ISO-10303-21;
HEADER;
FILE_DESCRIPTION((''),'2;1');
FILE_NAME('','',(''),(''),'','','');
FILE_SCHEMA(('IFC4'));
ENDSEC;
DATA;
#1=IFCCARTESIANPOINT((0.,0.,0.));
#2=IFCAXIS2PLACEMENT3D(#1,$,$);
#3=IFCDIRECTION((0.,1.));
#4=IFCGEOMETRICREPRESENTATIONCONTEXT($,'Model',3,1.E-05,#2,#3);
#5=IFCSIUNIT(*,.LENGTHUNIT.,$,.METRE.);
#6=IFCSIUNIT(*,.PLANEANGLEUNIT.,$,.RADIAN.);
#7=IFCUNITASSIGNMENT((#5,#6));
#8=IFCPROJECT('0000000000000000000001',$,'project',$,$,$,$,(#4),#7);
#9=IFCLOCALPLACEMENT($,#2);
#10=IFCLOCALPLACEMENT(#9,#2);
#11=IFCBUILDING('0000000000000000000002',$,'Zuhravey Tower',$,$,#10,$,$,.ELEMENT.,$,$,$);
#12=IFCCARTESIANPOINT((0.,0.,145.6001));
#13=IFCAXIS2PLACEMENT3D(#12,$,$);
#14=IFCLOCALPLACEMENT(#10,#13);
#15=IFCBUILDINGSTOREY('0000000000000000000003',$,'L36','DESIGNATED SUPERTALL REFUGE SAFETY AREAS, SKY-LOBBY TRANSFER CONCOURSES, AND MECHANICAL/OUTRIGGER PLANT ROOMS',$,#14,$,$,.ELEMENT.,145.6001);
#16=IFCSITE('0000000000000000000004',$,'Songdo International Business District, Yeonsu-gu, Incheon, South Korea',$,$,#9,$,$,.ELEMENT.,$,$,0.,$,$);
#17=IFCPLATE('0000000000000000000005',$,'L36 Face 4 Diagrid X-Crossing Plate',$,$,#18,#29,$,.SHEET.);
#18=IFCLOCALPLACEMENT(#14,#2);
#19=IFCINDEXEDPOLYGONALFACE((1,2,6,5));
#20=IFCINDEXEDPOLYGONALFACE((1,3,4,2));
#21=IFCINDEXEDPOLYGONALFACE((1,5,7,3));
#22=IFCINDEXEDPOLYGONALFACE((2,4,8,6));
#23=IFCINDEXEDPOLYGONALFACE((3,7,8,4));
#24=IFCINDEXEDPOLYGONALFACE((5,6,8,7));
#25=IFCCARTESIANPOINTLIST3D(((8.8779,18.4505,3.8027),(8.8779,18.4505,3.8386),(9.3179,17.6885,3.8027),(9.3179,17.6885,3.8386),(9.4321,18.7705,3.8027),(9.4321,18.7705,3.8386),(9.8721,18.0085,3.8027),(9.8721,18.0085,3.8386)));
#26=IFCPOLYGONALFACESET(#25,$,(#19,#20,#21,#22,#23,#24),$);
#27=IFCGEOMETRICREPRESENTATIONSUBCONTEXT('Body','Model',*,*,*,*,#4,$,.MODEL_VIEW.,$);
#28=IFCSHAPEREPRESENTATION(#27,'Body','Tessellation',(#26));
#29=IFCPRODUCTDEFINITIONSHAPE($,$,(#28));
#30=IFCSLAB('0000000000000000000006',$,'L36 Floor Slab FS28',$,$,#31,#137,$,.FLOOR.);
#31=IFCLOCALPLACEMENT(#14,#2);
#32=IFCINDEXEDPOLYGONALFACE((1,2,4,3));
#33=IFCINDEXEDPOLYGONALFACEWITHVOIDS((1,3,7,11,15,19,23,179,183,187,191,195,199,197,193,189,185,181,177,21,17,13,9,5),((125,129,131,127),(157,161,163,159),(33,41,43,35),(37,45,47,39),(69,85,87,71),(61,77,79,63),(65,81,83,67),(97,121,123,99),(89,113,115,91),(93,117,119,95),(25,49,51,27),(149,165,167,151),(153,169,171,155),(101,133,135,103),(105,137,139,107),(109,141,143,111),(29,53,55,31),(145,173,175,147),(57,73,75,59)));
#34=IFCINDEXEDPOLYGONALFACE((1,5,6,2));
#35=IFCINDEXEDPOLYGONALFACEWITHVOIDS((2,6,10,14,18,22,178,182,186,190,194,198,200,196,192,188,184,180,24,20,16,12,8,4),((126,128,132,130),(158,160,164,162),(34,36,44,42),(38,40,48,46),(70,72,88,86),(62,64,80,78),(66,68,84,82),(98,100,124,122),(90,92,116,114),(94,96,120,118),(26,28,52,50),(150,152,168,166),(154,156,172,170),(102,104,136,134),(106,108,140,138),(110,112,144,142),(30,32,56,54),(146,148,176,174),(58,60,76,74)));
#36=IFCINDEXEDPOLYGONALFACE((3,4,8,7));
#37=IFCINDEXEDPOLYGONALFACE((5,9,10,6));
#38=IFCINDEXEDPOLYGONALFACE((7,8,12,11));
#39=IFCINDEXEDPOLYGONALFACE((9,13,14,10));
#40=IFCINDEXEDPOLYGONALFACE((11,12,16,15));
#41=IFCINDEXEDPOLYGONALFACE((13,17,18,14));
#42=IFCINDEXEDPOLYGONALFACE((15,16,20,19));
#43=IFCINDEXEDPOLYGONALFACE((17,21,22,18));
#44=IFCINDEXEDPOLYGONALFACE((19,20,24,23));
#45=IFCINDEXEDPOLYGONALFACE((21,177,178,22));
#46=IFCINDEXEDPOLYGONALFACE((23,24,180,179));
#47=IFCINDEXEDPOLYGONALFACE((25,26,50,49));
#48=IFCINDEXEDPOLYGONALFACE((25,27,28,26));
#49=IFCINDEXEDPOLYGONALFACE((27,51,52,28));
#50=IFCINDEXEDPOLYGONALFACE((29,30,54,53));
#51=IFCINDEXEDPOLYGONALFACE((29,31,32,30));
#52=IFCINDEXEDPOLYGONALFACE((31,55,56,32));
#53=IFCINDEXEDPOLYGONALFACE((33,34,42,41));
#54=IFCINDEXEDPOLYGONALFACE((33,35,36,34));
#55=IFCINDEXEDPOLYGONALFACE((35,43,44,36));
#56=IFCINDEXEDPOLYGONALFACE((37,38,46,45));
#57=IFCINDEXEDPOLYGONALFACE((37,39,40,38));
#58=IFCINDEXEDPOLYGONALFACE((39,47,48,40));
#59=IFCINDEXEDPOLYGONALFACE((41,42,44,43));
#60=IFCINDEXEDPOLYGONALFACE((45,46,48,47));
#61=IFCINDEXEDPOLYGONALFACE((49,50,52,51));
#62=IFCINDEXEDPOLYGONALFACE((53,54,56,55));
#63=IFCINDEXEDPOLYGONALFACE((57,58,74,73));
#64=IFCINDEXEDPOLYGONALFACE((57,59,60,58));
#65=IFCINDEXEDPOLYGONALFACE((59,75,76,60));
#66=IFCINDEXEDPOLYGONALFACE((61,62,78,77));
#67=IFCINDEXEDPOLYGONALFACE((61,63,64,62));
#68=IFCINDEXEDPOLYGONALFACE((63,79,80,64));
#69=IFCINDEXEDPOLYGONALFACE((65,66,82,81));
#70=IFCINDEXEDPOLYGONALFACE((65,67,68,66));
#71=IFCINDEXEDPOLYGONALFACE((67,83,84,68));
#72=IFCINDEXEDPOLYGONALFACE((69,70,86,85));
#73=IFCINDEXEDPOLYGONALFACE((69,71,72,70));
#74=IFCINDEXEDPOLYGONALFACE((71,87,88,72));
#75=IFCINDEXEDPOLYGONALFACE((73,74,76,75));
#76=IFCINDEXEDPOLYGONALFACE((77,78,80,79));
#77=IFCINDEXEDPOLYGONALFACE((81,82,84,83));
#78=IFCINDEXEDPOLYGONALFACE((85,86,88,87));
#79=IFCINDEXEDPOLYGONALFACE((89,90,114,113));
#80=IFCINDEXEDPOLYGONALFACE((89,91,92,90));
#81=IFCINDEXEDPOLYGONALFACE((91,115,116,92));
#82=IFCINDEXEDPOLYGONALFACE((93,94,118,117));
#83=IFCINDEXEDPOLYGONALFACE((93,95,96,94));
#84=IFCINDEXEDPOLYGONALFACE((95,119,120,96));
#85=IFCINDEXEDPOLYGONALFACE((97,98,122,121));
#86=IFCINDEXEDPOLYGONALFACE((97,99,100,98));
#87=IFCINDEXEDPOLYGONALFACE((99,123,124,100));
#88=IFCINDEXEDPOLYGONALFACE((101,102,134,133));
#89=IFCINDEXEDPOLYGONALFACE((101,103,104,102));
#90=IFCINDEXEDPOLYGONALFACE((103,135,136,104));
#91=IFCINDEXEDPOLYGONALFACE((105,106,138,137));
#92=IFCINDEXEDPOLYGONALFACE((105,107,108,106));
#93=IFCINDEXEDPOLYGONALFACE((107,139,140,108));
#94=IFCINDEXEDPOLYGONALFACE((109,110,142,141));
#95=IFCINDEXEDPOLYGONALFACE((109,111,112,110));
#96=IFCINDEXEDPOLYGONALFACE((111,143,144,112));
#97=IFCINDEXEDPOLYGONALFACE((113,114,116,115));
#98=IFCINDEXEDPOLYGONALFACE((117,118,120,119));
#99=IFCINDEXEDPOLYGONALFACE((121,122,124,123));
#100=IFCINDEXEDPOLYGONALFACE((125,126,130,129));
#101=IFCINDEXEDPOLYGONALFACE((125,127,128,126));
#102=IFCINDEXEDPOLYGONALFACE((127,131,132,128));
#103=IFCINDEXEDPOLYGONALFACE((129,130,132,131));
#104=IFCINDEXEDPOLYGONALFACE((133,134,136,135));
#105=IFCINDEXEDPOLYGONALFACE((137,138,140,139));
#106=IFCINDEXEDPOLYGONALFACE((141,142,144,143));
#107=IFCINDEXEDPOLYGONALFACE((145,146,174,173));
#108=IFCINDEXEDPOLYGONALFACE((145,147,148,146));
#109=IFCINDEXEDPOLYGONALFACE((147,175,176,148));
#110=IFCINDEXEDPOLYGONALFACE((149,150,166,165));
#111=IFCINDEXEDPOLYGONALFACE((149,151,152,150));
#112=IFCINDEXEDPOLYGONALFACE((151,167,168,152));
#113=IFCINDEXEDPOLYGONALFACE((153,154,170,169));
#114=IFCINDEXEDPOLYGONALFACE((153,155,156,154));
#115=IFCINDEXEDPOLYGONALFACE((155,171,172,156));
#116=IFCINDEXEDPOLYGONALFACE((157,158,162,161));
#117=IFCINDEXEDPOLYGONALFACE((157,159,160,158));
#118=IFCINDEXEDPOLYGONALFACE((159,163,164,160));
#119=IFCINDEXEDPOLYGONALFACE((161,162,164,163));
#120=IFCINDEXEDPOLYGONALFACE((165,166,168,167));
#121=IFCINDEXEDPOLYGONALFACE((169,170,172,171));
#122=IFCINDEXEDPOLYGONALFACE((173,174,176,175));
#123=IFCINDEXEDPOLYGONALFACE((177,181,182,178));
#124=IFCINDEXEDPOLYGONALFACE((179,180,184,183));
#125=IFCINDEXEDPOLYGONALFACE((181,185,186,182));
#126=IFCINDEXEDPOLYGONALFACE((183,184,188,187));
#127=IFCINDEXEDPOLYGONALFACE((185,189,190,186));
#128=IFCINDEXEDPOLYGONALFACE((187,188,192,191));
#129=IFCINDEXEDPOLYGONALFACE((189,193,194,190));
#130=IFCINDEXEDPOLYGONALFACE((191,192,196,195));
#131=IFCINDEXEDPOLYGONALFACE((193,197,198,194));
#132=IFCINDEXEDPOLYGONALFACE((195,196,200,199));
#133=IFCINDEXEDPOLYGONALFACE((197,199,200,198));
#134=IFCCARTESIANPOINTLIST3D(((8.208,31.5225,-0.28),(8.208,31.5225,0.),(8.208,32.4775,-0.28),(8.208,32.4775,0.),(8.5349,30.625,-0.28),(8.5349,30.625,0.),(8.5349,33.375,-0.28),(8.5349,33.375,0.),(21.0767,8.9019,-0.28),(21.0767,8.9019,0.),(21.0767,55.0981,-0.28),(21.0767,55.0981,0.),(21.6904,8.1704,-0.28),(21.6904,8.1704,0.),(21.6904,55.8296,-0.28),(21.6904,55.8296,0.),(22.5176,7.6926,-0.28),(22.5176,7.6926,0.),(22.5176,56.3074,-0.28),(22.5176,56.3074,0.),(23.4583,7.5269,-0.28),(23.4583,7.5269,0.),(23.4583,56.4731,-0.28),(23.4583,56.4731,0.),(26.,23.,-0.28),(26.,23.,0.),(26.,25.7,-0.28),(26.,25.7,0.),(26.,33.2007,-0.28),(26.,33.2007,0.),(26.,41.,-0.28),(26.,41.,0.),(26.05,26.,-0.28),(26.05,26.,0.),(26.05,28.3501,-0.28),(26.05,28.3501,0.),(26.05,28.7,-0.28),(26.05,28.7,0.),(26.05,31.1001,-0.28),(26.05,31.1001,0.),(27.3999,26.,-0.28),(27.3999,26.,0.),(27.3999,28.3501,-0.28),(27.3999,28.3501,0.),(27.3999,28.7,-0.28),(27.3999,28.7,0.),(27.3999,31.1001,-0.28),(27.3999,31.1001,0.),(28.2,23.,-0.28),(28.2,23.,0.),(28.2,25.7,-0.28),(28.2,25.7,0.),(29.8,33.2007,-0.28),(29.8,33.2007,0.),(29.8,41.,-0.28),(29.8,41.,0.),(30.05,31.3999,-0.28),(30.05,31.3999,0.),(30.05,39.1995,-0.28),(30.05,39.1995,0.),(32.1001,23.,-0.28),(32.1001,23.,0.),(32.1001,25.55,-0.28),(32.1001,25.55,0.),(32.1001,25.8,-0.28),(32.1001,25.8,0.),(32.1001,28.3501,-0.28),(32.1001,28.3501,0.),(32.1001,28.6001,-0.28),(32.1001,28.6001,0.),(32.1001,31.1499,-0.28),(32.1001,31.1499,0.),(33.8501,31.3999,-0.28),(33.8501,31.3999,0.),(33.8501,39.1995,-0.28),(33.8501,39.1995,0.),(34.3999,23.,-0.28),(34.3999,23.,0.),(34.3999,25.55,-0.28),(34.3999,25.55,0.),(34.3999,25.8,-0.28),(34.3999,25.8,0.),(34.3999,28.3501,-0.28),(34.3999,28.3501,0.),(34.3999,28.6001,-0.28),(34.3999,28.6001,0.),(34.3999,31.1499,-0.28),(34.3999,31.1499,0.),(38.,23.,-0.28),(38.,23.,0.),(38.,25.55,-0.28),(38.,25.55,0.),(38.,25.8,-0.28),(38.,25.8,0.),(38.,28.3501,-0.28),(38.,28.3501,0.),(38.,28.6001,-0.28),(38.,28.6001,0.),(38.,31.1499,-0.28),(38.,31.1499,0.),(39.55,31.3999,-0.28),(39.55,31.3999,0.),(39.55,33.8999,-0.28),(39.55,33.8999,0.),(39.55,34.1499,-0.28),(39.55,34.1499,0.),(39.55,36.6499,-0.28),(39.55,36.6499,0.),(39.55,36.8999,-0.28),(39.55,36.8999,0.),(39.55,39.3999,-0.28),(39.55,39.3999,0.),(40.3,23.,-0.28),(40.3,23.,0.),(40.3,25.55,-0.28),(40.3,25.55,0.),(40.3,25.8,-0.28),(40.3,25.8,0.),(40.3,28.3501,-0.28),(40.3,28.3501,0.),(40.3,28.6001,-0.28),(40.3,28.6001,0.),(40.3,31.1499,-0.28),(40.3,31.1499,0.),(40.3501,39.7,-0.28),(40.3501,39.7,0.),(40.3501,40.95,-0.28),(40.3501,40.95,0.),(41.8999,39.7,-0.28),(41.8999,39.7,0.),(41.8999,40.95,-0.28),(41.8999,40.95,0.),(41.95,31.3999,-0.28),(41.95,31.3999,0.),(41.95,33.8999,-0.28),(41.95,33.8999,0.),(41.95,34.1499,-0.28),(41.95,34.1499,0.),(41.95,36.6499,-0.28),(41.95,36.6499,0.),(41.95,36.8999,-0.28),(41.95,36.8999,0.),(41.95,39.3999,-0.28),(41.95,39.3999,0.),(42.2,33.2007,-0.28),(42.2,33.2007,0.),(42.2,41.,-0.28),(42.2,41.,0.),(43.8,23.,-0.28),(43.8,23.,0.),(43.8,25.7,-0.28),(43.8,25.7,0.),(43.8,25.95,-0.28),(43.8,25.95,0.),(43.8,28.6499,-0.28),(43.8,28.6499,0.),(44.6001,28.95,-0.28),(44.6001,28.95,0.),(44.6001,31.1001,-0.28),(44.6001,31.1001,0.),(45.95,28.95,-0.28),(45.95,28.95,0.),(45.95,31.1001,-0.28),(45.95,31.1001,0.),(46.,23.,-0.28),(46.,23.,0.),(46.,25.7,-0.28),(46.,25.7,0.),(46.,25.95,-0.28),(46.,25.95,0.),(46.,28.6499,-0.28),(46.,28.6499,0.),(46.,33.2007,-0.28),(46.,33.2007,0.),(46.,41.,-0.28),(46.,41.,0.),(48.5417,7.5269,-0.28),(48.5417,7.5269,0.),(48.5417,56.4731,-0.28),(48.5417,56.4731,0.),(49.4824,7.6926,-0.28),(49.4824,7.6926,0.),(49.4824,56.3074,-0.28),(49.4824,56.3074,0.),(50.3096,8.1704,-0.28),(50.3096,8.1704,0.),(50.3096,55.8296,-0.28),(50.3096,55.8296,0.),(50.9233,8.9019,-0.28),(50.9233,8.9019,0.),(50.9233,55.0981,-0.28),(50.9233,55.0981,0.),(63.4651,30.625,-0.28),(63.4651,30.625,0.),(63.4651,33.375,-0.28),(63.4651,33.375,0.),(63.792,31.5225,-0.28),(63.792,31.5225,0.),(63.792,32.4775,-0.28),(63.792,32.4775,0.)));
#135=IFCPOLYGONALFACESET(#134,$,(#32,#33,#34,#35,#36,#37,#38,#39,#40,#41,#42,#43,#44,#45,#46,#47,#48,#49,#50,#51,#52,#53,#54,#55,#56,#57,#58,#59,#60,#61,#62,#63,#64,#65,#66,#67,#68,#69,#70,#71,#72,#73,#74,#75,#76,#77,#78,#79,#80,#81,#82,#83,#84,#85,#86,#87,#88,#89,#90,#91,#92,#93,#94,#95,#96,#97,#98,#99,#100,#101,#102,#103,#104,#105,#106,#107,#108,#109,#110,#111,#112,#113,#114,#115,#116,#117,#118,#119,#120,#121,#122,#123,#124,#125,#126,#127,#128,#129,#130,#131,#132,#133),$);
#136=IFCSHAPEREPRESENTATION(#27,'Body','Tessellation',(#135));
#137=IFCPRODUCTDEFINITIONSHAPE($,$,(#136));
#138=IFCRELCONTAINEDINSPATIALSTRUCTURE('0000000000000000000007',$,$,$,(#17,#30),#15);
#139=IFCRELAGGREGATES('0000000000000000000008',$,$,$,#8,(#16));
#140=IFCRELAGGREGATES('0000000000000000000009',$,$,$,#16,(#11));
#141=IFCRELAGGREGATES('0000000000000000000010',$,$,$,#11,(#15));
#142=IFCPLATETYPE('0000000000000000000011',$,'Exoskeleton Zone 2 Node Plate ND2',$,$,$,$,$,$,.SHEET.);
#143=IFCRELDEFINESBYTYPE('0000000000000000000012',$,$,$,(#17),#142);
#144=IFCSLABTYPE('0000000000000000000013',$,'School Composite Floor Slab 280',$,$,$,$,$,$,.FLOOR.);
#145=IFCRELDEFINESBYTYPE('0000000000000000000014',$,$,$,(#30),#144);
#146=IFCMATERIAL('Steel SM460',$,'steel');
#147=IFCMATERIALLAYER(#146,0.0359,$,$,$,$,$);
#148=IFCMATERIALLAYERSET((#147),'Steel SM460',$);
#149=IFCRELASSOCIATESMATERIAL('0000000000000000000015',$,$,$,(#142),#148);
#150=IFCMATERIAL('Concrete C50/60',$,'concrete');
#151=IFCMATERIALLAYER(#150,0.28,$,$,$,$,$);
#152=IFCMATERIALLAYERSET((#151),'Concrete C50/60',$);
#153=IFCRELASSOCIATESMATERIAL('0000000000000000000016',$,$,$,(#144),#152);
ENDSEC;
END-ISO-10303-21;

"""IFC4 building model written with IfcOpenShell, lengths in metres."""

from ifc_helpers import new_model, si_unit, direction, frame, origin, origin_2d, place, context, subcontext, project, spatial, polyline, rectangle, outline, extrude, material, layer, layer_set, type_object, element, save


model = new_model("IFC4")

# Units and contexts
model_context = context("Model", 3, precision=1e-05, world=origin(), true_north=direction((0.0, 1.0)))
body_context = subcontext(model_context, "Body", "Model", "MODEL_VIEW")
ifc_project = project(units=[si_unit("LENGTHUNIT", "METRE"), si_unit("PLANEANGLEUNIT", "RADIAN")], contexts=[model_context])

# Site, building, storey
site_placement = place(None, origin())
site = spatial("IfcSite", under=ifc_project, at=site_placement, Name="Songdo International Business District, Yeonsu-gu, Incheon, South Korea", CompositionType="ELEMENT", RefElevation=0.0)
building_placement = place(site_placement, origin())
building = spatial("IfcBuilding", under=site, at=building_placement, Name="Zuhravey Tower", CompositionType="ELEMENT")
storey_placement = place(building_placement, frame((0.0, 0.0, 145.6001)))
storey = spatial("IfcBuildingStorey", under=building, at=storey_placement, Name="L36", Description="DESIGNATED SUPERTALL REFUGE SAFETY AREAS, SKY-LOBBY TRANSFER CONCOURSES, AND MECHANICAL/OUTRIGGER PLANT ROOMS", CompositionType="ELEMENT", Elevation=145.6001)

# Shared definitions
ifc_material_1 = material(Name="Steel SM460", Category="steel")

# Plate
ifc_layer_1 = layer(ifc_material_1, 0.0359)
ifc_layer_set_1 = layer_set([ifc_layer_1], Name="Steel SM460")
plate_type = type_object("IfcPlateType", Name="Exoskeleton Zone 2 Node Plate ND2", PredefinedType="SHEET", material=ifc_layer_set_1)
for number, where, z_axis, x_axis, name in (
    (1, (9.375, 18.2295, 3.8027), (0.0, 0.0, 1.0), (0.5, -0.866025, 0.0), "L36 Face 4 Diagrid X-Crossing Plate"),
):
    element("IfcPlate", number, at=place(storey_placement, frame(where, z_axis=z_axis, x_axis=x_axis)), inside=storey, type_object=plate_type, Name=name, PredefinedType="SHEET", context=body_context, shape_type="SweptSolid", body=[
        extrude(rectangle(XDim=0.8799, YDim=0.6399, at=origin_2d()), origin(), (0.0, 0.0, 1.0), 0.0359),
    ])

# Slab
ifc_material_2 = material(Name="Concrete C50/60", Category="concrete")
ifc_layer_2 = layer(ifc_material_2, 0.28)
ifc_layer_set_2 = layer_set([ifc_layer_2], Name="Concrete C50/60")
slab_type_1 = type_object("IfcSlabType", Name="School Composite Floor Slab 280", PredefinedType="FLOOR", material=ifc_layer_set_2)
slab_1_placement = place(storey_placement, frame((0.0, 0.0, -0.28)))
element("IfcSlab", 2, at=slab_1_placement, inside=storey, type_object=slab_type_1, Name="L36 Floor Slab FS28", PredefinedType="FLOOR", context=body_context, shape_type="SweptSolid", body=[
    extrude(outline(polyline([(63.4651, 30.625), (63.792, 31.5225), (63.792, 32.4775), (63.4651, 33.375), (50.9233, 55.0981), (50.3096, 55.8296), (49.4824, 56.3074), (48.5417, 56.4731), (23.4583, 56.4731), (22.5176, 56.3074), (21.6904, 55.8296), (21.0767, 55.0981), (8.5349, 33.375), (8.208, 32.4775), (8.208, 31.5225), (8.5349, 30.625), (21.0767, 8.9019), (21.6904, 8.1704), (22.5176, 7.6926), (23.4583, 7.5269), (48.5417, 7.5269), (49.4824, 7.6926), (50.3096, 8.1704), (50.9233, 8.9019), (63.4651, 30.625)]), holes=[polyline([(29.8, 33.2007), (29.8, 41.0), (26.0, 41.0), (26.0, 33.2007), (29.8, 33.2007)]), polyline([(46.0, 33.2007), (46.0, 41.0), (42.2, 41.0), (42.2, 33.2007), (46.0, 33.2007)]), polyline([(30.05, 39.1995), (30.05, 31.3999), (33.8501, 31.3999), (33.8501, 39.1995), (30.05, 39.1995)]), polyline([(32.1001, 23.0), (34.3999, 23.0), (34.3999, 25.55), (32.1001, 25.55), (32.1001, 23.0)]), polyline([(32.1001, 25.8), (34.3999, 25.8), (34.3999, 28.3501), (32.1001, 28.3501), (32.1001, 25.8)]), polyline([(32.1001, 28.6001), (34.3999, 28.6001), (34.3999, 31.1499), (32.1001, 31.1499), (32.1001, 28.6001)]), polyline([(38.0, 23.0), (40.3, 23.0), (40.3, 25.55), (38.0, 25.55), (38.0, 23.0)]), polyline([(38.0, 25.8), (40.3, 25.8), (40.3, 28.3501), (38.0, 28.3501), (38.0, 25.8)]), polyline([(38.0, 28.6001), (40.3, 28.6001), (40.3, 31.1499), (38.0, 31.1499), (38.0, 28.6001)]), polyline([(39.55, 31.3999), (41.95, 31.3999), (41.95, 33.8999), (39.55, 33.8999), (39.55, 31.3999)]), polyline([(39.55, 34.1499), (41.95, 34.1499), (41.95, 36.6499), (39.55, 36.6499), (39.55, 34.1499)]), polyline([(39.55, 36.8999), (41.95, 36.8999), (41.95, 39.3999), (39.55, 39.3999), (39.55, 36.8999)]), polyline([(26.0, 23.0), (28.2, 23.0), (28.2, 25.7), (26.0, 25.7), (26.0, 23.0)]), polyline([(43.8, 23.0), (46.0, 23.0), (46.0, 25.7), (43.8, 25.7), (43.8, 23.0)]), polyline([(43.8, 25.95), (46.0, 25.95), (46.0, 28.6499), (43.8, 28.6499), (43.8, 25.95)]), polyline([(26.05, 26.0), (27.3999, 26.0), (27.3999, 28.3501), (26.05, 28.3501), (26.05, 26.0)]), polyline([(26.05, 28.7), (27.3999, 28.7), (27.3999, 31.1001), (26.05, 31.1001), (26.05, 28.7)]), polyline([(44.6001, 28.95), (45.95, 28.95), (45.95, 31.1001), (44.6001, 31.1001), (44.6001, 28.95)]), polyline([(40.3501, 39.7), (41.8999, 39.7), (41.8999, 40.95), (40.3501, 40.95), (40.3501, 39.7)])]), origin(), (0.0, 0.0, 1.0), 0.28),
])

save(model, "model.ifc")
